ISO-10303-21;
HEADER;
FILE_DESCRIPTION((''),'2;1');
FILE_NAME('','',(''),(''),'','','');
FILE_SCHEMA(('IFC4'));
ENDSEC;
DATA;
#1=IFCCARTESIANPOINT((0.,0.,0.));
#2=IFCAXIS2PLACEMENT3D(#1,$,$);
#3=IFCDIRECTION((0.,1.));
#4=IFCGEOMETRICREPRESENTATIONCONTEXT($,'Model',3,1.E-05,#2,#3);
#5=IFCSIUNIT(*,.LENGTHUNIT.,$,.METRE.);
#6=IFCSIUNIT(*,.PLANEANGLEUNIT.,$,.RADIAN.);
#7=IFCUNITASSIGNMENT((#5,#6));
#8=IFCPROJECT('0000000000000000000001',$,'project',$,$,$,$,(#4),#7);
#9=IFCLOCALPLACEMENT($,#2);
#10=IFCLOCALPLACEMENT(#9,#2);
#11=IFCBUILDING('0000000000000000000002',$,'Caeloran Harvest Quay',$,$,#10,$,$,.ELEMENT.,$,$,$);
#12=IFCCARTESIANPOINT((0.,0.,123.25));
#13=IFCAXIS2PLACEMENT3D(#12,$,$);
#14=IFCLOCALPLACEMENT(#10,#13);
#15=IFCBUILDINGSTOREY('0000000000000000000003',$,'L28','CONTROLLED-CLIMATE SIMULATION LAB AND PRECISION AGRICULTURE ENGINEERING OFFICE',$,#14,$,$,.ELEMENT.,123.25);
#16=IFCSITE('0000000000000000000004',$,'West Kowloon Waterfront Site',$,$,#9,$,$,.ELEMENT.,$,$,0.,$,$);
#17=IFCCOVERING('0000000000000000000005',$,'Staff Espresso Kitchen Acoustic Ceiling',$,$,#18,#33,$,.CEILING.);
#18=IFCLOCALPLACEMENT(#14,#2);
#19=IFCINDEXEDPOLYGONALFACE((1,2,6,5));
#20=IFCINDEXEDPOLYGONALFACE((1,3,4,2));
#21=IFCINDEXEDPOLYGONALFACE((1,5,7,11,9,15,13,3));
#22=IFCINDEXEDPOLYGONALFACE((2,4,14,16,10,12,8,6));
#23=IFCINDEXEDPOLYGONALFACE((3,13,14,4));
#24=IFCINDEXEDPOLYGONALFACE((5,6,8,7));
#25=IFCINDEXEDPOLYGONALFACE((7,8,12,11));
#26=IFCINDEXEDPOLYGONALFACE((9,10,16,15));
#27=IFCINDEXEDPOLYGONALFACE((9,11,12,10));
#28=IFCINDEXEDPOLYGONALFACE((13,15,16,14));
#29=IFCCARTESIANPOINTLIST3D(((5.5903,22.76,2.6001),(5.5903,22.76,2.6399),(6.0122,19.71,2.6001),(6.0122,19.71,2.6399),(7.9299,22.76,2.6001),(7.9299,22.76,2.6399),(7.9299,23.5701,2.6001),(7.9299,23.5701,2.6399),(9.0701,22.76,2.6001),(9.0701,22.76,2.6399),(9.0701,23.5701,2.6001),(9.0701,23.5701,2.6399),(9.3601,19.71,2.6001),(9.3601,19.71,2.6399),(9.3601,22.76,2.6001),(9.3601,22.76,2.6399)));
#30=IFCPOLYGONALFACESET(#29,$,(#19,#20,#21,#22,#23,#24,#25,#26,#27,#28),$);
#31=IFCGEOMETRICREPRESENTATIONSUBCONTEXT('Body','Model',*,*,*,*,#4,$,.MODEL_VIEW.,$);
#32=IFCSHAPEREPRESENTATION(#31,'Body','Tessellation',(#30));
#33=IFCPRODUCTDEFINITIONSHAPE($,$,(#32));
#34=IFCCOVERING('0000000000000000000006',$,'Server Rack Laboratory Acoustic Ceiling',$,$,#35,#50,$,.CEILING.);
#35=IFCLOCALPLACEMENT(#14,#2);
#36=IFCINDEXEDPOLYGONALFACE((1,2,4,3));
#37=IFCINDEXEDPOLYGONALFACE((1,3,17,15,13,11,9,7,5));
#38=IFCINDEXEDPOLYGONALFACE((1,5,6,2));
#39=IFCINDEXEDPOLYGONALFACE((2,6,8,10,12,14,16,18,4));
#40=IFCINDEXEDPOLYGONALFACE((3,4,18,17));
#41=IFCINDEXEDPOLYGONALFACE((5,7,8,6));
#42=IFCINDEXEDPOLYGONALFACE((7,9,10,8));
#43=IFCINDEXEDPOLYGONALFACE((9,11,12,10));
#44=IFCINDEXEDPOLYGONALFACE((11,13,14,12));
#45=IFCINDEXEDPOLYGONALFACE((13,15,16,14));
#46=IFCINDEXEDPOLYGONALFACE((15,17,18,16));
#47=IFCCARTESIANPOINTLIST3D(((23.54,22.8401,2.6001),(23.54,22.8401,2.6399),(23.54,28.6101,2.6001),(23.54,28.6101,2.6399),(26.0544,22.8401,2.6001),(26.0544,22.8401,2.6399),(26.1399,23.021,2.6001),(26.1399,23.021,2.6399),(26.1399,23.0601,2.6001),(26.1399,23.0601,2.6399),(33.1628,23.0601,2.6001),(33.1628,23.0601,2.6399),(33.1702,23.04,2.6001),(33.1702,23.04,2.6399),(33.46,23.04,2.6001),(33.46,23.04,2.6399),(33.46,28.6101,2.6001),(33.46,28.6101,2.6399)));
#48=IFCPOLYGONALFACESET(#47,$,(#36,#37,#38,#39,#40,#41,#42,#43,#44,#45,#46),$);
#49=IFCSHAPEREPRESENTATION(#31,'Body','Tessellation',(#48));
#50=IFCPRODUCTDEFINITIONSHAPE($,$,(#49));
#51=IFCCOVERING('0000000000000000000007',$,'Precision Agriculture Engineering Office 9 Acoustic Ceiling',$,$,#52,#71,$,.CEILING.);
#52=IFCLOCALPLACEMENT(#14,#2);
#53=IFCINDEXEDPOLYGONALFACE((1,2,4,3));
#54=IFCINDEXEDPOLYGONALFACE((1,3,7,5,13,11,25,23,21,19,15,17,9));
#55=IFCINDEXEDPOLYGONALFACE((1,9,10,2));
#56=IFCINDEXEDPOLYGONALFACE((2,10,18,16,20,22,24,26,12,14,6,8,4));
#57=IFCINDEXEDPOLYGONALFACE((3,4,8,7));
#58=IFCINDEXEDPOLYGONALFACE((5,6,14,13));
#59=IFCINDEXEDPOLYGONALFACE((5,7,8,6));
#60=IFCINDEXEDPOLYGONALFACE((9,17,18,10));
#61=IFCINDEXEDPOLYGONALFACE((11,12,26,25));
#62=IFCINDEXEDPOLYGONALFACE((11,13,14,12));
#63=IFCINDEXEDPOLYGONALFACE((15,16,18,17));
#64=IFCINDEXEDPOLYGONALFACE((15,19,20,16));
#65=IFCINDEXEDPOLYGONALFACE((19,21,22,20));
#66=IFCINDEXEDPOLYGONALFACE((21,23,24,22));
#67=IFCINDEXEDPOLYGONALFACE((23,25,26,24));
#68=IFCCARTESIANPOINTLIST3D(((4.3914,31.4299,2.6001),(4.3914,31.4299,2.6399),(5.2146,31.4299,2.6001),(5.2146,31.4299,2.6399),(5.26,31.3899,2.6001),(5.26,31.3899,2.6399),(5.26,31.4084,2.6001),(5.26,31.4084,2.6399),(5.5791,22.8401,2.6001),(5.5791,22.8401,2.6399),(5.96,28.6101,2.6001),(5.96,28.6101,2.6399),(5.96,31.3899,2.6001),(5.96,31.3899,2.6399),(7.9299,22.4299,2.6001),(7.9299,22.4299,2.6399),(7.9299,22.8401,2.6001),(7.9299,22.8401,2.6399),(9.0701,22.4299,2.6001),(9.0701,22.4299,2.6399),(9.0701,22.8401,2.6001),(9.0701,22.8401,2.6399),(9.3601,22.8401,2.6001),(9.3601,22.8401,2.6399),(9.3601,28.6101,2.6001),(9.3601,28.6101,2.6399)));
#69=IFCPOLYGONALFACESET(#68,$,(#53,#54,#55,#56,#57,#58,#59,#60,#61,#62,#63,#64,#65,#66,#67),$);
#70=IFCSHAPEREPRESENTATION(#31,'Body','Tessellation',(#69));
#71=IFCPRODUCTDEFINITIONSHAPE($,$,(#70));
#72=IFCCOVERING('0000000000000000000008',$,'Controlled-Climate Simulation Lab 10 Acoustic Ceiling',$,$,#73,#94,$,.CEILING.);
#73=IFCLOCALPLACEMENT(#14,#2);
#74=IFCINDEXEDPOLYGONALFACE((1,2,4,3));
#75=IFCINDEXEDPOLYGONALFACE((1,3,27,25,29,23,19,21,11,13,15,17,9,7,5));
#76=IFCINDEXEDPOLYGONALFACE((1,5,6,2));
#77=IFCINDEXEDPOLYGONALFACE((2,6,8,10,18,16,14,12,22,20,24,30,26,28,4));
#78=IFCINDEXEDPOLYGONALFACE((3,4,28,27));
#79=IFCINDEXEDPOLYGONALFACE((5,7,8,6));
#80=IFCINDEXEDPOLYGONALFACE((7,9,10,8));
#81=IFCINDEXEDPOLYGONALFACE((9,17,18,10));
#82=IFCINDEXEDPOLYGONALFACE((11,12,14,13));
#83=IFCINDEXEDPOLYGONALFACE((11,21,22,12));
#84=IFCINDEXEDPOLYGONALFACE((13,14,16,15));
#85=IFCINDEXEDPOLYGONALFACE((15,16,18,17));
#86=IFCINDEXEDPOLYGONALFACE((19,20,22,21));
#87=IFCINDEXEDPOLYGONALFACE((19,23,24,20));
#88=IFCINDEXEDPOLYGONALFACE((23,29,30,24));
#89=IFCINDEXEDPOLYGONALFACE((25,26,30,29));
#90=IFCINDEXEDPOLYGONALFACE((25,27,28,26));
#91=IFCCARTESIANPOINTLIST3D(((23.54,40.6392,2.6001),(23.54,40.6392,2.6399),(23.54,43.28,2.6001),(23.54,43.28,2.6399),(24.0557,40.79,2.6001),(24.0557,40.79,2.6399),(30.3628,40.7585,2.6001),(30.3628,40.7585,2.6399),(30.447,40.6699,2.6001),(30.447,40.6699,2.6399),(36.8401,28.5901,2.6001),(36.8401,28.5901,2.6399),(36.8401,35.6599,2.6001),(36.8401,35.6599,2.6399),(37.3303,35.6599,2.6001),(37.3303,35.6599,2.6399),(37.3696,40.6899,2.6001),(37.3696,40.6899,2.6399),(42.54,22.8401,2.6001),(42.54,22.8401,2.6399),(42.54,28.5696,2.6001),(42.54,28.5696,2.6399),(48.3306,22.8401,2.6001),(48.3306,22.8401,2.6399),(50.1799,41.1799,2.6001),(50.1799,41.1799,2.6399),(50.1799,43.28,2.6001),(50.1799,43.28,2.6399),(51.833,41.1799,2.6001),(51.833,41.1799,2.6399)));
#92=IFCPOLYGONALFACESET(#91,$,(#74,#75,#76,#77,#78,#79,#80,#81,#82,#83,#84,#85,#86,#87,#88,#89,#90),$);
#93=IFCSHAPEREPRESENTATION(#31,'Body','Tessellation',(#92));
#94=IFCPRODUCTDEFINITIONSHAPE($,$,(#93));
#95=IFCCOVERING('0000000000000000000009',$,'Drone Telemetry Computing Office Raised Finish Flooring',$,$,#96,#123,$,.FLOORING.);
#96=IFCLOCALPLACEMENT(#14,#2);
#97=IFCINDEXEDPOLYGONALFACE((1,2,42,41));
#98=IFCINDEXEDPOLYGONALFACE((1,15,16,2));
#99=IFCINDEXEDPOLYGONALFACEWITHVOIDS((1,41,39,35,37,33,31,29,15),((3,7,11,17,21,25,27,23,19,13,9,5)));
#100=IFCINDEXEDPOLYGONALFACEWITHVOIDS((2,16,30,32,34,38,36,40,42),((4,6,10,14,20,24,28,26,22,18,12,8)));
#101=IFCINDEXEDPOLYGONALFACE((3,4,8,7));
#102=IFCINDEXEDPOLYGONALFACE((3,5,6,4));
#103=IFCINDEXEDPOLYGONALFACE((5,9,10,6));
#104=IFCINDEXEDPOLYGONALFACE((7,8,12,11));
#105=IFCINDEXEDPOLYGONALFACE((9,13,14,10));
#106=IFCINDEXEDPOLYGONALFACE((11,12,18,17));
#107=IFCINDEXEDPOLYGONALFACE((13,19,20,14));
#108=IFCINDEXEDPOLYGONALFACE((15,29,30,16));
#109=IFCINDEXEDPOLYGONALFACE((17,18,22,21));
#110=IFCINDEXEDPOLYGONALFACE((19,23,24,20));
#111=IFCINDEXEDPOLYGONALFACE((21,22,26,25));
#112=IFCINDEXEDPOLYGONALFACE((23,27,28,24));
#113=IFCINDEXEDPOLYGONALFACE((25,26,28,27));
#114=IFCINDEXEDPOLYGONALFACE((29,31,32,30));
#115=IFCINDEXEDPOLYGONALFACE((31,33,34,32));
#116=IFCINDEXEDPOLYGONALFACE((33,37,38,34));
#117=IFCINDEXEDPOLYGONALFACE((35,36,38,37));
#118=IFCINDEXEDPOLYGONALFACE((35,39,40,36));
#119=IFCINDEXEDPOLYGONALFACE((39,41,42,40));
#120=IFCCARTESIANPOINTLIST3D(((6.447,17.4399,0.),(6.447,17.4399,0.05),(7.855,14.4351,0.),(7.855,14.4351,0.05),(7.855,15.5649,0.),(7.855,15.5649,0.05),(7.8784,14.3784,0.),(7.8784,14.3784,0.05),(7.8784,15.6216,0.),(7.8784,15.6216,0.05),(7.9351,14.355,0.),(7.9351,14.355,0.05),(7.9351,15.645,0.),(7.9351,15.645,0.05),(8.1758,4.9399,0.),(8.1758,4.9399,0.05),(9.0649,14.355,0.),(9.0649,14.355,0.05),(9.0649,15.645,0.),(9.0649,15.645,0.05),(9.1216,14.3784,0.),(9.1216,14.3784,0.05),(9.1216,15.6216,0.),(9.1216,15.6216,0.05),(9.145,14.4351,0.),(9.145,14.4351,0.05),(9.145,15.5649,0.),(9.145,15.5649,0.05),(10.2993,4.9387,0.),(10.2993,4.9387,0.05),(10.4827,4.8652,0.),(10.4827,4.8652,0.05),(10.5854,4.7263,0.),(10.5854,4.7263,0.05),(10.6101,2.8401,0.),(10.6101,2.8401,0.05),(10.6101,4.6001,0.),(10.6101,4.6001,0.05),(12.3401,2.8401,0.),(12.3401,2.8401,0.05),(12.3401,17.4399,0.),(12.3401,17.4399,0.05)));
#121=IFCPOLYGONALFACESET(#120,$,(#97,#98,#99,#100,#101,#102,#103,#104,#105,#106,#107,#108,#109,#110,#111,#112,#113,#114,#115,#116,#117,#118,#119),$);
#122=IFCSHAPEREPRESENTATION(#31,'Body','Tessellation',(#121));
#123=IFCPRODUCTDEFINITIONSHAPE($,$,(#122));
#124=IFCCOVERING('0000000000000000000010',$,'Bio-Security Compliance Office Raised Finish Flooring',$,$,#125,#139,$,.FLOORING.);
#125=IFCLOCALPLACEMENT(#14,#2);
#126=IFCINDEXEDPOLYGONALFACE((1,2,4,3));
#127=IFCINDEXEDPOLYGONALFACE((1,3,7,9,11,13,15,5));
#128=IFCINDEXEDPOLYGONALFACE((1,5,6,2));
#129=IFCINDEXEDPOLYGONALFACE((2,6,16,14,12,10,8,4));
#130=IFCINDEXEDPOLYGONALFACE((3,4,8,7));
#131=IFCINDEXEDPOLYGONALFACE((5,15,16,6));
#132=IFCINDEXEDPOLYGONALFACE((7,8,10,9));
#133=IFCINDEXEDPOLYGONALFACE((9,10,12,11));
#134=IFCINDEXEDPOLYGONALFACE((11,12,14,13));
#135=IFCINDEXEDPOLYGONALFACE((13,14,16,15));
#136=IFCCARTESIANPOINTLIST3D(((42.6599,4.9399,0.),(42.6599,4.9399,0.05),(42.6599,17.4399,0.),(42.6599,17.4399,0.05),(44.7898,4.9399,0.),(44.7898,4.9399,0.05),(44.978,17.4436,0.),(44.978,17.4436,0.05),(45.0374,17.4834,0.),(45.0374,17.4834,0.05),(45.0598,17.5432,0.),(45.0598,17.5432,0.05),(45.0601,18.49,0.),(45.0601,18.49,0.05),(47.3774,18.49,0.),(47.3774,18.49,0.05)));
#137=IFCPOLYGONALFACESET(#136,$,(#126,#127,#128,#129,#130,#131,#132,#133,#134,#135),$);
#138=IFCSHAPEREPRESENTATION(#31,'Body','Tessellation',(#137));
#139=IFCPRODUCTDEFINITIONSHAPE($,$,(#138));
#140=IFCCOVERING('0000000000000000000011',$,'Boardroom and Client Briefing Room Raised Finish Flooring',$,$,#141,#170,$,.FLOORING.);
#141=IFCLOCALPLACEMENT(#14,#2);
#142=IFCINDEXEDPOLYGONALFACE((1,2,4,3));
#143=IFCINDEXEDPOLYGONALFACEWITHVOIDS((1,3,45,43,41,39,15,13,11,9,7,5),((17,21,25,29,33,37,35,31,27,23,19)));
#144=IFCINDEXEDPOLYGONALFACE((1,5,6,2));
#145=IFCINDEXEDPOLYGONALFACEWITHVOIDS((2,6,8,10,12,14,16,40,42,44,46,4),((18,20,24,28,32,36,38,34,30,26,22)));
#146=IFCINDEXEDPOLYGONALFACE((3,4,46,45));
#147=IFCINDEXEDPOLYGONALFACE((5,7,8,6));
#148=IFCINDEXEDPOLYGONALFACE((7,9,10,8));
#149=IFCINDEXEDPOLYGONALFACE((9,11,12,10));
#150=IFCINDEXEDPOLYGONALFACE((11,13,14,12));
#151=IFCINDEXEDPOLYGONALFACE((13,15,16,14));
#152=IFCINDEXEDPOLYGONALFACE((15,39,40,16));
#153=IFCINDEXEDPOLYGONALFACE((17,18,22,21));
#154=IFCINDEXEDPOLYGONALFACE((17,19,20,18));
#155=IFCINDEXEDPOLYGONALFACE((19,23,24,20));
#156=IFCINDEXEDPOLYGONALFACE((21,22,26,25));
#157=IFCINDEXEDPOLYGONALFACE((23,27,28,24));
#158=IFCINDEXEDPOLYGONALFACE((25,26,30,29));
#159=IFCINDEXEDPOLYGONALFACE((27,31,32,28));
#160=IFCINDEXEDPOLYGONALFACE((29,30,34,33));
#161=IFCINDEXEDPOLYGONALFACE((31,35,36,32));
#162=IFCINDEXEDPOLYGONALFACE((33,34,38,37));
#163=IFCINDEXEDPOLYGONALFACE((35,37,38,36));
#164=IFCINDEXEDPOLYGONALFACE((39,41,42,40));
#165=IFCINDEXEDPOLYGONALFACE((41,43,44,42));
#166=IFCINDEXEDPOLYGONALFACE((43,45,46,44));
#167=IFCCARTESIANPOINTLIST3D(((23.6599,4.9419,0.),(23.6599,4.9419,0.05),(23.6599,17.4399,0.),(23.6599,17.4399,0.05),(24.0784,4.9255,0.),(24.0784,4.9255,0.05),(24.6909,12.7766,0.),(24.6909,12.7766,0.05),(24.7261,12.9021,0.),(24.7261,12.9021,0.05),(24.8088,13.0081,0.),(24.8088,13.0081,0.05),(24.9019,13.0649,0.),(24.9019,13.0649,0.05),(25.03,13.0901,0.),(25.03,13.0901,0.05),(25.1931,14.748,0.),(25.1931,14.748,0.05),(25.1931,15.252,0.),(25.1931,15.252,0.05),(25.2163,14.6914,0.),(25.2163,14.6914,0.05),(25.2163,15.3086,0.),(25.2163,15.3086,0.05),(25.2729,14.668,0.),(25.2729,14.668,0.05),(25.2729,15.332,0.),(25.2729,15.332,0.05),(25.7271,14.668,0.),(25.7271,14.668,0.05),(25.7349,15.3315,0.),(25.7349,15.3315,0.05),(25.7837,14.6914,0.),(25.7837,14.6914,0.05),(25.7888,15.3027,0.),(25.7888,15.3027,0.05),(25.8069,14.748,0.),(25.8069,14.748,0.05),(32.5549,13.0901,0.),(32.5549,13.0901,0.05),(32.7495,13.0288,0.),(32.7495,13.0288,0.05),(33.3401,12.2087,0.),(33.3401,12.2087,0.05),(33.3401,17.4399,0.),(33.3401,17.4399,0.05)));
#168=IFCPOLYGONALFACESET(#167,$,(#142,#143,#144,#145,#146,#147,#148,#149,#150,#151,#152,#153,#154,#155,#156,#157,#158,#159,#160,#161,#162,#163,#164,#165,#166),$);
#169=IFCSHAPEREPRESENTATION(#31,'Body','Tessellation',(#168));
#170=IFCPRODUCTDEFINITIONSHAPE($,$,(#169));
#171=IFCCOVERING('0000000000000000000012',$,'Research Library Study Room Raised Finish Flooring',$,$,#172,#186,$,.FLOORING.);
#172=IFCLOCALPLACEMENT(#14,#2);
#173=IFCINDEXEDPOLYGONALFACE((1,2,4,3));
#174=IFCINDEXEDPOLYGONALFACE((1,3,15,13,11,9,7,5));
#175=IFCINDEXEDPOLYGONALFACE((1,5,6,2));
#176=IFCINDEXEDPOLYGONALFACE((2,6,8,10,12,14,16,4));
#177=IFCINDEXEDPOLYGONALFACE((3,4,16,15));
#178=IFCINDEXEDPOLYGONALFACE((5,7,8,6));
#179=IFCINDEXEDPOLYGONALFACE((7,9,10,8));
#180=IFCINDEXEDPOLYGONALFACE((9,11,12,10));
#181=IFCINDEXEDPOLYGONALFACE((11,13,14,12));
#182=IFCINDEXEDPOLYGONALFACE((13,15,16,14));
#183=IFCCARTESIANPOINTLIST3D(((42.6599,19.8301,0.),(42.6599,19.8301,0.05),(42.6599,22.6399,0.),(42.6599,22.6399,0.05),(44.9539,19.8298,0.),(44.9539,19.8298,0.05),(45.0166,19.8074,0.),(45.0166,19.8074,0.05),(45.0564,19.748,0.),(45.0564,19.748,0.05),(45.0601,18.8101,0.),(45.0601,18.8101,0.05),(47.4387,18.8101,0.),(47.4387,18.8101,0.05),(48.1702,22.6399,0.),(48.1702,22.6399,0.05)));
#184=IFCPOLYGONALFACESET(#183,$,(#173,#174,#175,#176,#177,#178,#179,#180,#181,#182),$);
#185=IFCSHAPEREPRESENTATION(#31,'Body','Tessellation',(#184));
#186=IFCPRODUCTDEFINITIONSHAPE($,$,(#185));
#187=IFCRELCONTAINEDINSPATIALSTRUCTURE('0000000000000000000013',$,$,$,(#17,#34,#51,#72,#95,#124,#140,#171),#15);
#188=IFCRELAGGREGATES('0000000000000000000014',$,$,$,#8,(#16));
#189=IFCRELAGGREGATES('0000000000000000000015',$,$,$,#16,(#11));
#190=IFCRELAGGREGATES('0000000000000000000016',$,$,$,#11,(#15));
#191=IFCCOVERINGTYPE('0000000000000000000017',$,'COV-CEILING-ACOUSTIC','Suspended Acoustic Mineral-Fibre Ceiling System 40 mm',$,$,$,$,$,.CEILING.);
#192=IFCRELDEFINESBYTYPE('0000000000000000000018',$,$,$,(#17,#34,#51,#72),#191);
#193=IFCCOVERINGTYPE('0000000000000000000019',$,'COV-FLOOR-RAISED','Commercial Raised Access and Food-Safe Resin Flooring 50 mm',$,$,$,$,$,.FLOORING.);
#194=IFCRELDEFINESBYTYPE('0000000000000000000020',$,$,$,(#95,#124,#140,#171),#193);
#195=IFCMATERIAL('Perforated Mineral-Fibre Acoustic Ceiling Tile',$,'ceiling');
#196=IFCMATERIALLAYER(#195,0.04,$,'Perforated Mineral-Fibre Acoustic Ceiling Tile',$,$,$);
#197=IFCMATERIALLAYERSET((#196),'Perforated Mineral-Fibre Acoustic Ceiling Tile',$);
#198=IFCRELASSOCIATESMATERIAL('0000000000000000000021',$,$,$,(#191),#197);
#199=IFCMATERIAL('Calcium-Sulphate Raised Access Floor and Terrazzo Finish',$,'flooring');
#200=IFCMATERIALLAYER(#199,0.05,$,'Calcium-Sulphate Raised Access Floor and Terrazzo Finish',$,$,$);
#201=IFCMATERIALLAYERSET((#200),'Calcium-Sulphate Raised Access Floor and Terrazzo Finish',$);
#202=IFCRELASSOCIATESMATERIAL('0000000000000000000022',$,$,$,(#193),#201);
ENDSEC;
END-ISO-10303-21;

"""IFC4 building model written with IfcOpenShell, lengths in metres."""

from ifc_helpers import new_model, si_unit, direction, frame, origin, place, context, subcontext, project, spatial, polyline, outline, extrude, material, layer, layer_set, type_object, element, save


model = new_model("IFC4")

# Units and contexts
model_context = context("Model", 3, precision=1e-05, world=origin(), true_north=direction((0.0, 1.0)))
body_context = subcontext(model_context, "Body", "Model", "MODEL_VIEW")
ifc_project = project(units=[si_unit("LENGTHUNIT", "METRE"), si_unit("PLANEANGLEUNIT", "RADIAN")], contexts=[model_context])

# Site, building, storey
site_placement = place(None, origin())
site = spatial("IfcSite", under=ifc_project, at=site_placement, Name="West Kowloon Waterfront Site", CompositionType="ELEMENT", RefElevation=0.0)
building_placement = place(site_placement, origin())
building = spatial("IfcBuilding", under=site, at=building_placement, Name="Caeloran Harvest Quay", CompositionType="ELEMENT")
storey_placement = place(building_placement, frame((0.0, 0.0, 123.25)))
storey = spatial("IfcBuildingStorey", under=building, at=storey_placement, Name="L28", Description="CONTROLLED-CLIMATE SIMULATION LAB AND PRECISION AGRICULTURE ENGINEERING OFFICE", CompositionType="ELEMENT", Elevation=123.25)

# Coverings
ifc_material_1 = material(Name="Perforated Mineral-Fibre Acoustic Ceiling Tile", Category="ceiling")
ifc_layer_1 = layer(ifc_material_1, 0.04, Name="Perforated Mineral-Fibre Acoustic Ceiling Tile")
ifc_layer_set_1 = layer_set([ifc_layer_1], Name="Perforated Mineral-Fibre Acoustic Ceiling Tile")
covering_type_1 = type_object("IfcCoveringType", Name="COV-CEILING-ACOUSTIC", Description="Suspended Acoustic Mineral-Fibre Ceiling System 40 mm", PredefinedType="CEILING", material=ifc_layer_set_1)
covering_1_placement = place(storey_placement, frame((0.0, 0.0, 2.6001)))
element("IfcCovering", 1, at=covering_1_placement, inside=storey, type_object=covering_type_1, Name="Staff Espresso Kitchen Acoustic Ceiling", PredefinedType="CEILING", context=body_context, shape_type="SweptSolid", body=[
    extrude(outline(polyline([(9.3601, 22.76), (9.3601, 19.71), (6.0122, 19.71), (5.5903, 22.76), (7.9299, 22.76), (7.9299, 23.5701), (9.0701, 23.5701), (9.0701, 22.76), (9.3601, 22.76)])), origin(), (0.0, 0.0, 1.0), 0.0398),
])
covering_2_placement = place(storey_placement, frame((0.0, 0.0, 2.6001)))
element("IfcCovering", 2, at=covering_2_placement, inside=storey, type_object=covering_type_1, Name="Server Rack Laboratory Acoustic Ceiling", PredefinedType="CEILING", context=body_context, shape_type="SweptSolid", body=[
    extrude(outline(polyline([(26.1399, 23.0601), (26.1399, 23.021), (26.0544, 22.8401), (23.54, 22.8401), (23.54, 28.6101), (33.46, 28.6101), (33.46, 23.04), (33.1702, 23.04), (33.1628, 23.0601), (26.1399, 23.0601)])), origin(), (0.0, 0.0, 1.0), 0.0398),
])
covering_3_placement = place(storey_placement, frame((0.0, 0.0, 2.6001)))
element("IfcCovering", 3, at=covering_3_placement, inside=storey, type_object=covering_type_1, Name="Precision Agriculture Engineering Office 9 Acoustic Ceiling", PredefinedType="CEILING", context=body_context, shape_type="SweptSolid", body=[
    extrude(outline(polyline([(9.0701, 22.4299), (7.9299, 22.4299), (7.9299, 22.8401), (5.5791, 22.8401), (4.3914, 31.4299), (5.2146, 31.4299), (5.26, 31.4084), (5.26, 31.3899), (5.96, 31.3899), (5.96, 28.6101), (9.3601, 28.6101), (9.3601, 22.8401), (9.0701, 22.8401), (9.0701, 22.4299)])), origin(), (0.0, 0.0, 1.0), 0.0398),
])
covering_4_placement = place(storey_placement, frame((0.0, 0.0, 2.6001)))
element("IfcCovering", 4, at=covering_4_placement, inside=storey, type_object=covering_type_1, Name="Controlled-Climate Simulation Lab 10 Acoustic Ceiling", PredefinedType="CEILING", context=body_context, shape_type="SweptSolid", body=[
    extrude(outline(polyline([(50.1799, 43.28), (50.1799, 41.1799), (51.833, 41.1799), (48.3306, 22.8401), (42.54, 22.8401), (42.54, 28.5696), (36.8401, 28.5901), (36.8401, 35.6599), (37.3303, 35.6599), (37.3696, 40.6899), (30.447, 40.6699), (30.3628, 40.7585), (24.0557, 40.79), (23.54, 40.6392), (23.54, 43.28), (50.1799, 43.28)])), origin(), (0.0, 0.0, 1.0), 0.0398),
])
ifc_material_2 = material(Name="Calcium-Sulphate Raised Access Floor and Terrazzo Finish", Category="flooring")
ifc_layer_2 = layer(ifc_material_2, 0.05, Name="Calcium-Sulphate Raised Access Floor and Terrazzo Finish")
ifc_layer_set_2 = layer_set([ifc_layer_2], Name="Calcium-Sulphate Raised Access Floor and Terrazzo Finish")
covering_type_2 = type_object("IfcCoveringType", Name="COV-FLOOR-RAISED", Description="Commercial Raised Access and Food-Safe Resin Flooring 50 mm", PredefinedType="FLOORING", material=ifc_layer_set_2)
covering_5_placement = place(storey_placement, origin())
element("IfcCovering", 5, at=covering_5_placement, inside=storey, type_object=covering_type_2, Name="Drone Telemetry Computing Office Raised Finish Flooring", PredefinedType="FLOORING", context=body_context, shape_type="SweptSolid", body=[
    extrude(outline(polyline([(10.5854, 4.7263), (10.4827, 4.8652), (10.2993, 4.9387), (8.1758, 4.9399), (6.447, 17.4399), (12.3401, 17.4399), (12.3401, 2.8401), (10.6101, 2.8401), (10.6101, 4.6001), (10.5854, 4.7263)]), holes=[polyline([(7.9351, 15.645), (7.8784, 15.6216), (7.855, 15.5649), (7.855, 14.4351), (7.8784, 14.3784), (7.9351, 14.355), (9.0649, 14.355), (9.1216, 14.3784), (9.145, 14.4351), (9.145, 15.5649), (9.1216, 15.6216), (9.0649, 15.645), (7.9351, 15.645)])]), origin(), (0.0, 0.0, 1.0), 0.05),
])
covering_6_placement = place(storey_placement, origin())
element("IfcCovering", 6, at=covering_6_placement, inside=storey, type_object=covering_type_2, Name="Bio-Security Compliance Office Raised Finish Flooring", PredefinedType="FLOORING", context=body_context, shape_type="SweptSolid", body=[
    extrude(outline(polyline([(44.978, 17.4436), (45.0374, 17.4834), (45.0598, 17.5432), (45.0601, 18.49), (47.3774, 18.49), (44.7898, 4.9399), (42.6599, 4.9399), (42.6599, 17.4399), (44.978, 17.4436)])), origin(), (0.0, 0.0, 1.0), 0.05),
])
covering_7_placement = place(storey_placement, origin())
element("IfcCovering", 7, at=covering_7_placement, inside=storey, type_object=covering_type_2, Name="Boardroom and Client Briefing Room Raised Finish Flooring", PredefinedType="FLOORING", context=body_context, shape_type="SweptSolid", body=[
    extrude(outline(polyline([(33.3401, 12.2087), (32.7495, 13.0288), (32.5549, 13.0901), (25.03, 13.0901), (24.9019, 13.0649), (24.8088, 13.0081), (24.7261, 12.9021), (24.6909, 12.7766), (24.0784, 4.9255), (23.6599, 4.9419), (23.6599, 17.4399), (33.3401, 17.4399), (33.3401, 12.2087)]), holes=[polyline([(25.8069, 14.748), (25.7888, 15.3027), (25.7349, 15.3315), (25.2729, 15.332), (25.2163, 15.3086), (25.1931, 15.252), (25.1931, 14.748), (25.2163, 14.6914), (25.2729, 14.668), (25.7271, 14.668), (25.7837, 14.6914), (25.8069, 14.748)])]), origin(), (0.0, 0.0, 1.0), 0.05),
])
covering_8_placement = place(storey_placement, origin())
element("IfcCovering", 8, at=covering_8_placement, inside=storey, type_object=covering_type_2, Name="Research Library Study Room Raised Finish Flooring", PredefinedType="FLOORING", context=body_context, shape_type="SweptSolid", body=[
    extrude(outline(polyline([(45.0564, 19.748), (45.0166, 19.8074), (44.9539, 19.8298), (42.6599, 19.8301), (42.6599, 22.6399), (48.1702, 22.6399), (47.4387, 18.8101), (45.0601, 18.8101), (45.0564, 19.748)])), origin(), (0.0, 0.0, 1.0), 0.05),
])

save(model, "model.ifc")
